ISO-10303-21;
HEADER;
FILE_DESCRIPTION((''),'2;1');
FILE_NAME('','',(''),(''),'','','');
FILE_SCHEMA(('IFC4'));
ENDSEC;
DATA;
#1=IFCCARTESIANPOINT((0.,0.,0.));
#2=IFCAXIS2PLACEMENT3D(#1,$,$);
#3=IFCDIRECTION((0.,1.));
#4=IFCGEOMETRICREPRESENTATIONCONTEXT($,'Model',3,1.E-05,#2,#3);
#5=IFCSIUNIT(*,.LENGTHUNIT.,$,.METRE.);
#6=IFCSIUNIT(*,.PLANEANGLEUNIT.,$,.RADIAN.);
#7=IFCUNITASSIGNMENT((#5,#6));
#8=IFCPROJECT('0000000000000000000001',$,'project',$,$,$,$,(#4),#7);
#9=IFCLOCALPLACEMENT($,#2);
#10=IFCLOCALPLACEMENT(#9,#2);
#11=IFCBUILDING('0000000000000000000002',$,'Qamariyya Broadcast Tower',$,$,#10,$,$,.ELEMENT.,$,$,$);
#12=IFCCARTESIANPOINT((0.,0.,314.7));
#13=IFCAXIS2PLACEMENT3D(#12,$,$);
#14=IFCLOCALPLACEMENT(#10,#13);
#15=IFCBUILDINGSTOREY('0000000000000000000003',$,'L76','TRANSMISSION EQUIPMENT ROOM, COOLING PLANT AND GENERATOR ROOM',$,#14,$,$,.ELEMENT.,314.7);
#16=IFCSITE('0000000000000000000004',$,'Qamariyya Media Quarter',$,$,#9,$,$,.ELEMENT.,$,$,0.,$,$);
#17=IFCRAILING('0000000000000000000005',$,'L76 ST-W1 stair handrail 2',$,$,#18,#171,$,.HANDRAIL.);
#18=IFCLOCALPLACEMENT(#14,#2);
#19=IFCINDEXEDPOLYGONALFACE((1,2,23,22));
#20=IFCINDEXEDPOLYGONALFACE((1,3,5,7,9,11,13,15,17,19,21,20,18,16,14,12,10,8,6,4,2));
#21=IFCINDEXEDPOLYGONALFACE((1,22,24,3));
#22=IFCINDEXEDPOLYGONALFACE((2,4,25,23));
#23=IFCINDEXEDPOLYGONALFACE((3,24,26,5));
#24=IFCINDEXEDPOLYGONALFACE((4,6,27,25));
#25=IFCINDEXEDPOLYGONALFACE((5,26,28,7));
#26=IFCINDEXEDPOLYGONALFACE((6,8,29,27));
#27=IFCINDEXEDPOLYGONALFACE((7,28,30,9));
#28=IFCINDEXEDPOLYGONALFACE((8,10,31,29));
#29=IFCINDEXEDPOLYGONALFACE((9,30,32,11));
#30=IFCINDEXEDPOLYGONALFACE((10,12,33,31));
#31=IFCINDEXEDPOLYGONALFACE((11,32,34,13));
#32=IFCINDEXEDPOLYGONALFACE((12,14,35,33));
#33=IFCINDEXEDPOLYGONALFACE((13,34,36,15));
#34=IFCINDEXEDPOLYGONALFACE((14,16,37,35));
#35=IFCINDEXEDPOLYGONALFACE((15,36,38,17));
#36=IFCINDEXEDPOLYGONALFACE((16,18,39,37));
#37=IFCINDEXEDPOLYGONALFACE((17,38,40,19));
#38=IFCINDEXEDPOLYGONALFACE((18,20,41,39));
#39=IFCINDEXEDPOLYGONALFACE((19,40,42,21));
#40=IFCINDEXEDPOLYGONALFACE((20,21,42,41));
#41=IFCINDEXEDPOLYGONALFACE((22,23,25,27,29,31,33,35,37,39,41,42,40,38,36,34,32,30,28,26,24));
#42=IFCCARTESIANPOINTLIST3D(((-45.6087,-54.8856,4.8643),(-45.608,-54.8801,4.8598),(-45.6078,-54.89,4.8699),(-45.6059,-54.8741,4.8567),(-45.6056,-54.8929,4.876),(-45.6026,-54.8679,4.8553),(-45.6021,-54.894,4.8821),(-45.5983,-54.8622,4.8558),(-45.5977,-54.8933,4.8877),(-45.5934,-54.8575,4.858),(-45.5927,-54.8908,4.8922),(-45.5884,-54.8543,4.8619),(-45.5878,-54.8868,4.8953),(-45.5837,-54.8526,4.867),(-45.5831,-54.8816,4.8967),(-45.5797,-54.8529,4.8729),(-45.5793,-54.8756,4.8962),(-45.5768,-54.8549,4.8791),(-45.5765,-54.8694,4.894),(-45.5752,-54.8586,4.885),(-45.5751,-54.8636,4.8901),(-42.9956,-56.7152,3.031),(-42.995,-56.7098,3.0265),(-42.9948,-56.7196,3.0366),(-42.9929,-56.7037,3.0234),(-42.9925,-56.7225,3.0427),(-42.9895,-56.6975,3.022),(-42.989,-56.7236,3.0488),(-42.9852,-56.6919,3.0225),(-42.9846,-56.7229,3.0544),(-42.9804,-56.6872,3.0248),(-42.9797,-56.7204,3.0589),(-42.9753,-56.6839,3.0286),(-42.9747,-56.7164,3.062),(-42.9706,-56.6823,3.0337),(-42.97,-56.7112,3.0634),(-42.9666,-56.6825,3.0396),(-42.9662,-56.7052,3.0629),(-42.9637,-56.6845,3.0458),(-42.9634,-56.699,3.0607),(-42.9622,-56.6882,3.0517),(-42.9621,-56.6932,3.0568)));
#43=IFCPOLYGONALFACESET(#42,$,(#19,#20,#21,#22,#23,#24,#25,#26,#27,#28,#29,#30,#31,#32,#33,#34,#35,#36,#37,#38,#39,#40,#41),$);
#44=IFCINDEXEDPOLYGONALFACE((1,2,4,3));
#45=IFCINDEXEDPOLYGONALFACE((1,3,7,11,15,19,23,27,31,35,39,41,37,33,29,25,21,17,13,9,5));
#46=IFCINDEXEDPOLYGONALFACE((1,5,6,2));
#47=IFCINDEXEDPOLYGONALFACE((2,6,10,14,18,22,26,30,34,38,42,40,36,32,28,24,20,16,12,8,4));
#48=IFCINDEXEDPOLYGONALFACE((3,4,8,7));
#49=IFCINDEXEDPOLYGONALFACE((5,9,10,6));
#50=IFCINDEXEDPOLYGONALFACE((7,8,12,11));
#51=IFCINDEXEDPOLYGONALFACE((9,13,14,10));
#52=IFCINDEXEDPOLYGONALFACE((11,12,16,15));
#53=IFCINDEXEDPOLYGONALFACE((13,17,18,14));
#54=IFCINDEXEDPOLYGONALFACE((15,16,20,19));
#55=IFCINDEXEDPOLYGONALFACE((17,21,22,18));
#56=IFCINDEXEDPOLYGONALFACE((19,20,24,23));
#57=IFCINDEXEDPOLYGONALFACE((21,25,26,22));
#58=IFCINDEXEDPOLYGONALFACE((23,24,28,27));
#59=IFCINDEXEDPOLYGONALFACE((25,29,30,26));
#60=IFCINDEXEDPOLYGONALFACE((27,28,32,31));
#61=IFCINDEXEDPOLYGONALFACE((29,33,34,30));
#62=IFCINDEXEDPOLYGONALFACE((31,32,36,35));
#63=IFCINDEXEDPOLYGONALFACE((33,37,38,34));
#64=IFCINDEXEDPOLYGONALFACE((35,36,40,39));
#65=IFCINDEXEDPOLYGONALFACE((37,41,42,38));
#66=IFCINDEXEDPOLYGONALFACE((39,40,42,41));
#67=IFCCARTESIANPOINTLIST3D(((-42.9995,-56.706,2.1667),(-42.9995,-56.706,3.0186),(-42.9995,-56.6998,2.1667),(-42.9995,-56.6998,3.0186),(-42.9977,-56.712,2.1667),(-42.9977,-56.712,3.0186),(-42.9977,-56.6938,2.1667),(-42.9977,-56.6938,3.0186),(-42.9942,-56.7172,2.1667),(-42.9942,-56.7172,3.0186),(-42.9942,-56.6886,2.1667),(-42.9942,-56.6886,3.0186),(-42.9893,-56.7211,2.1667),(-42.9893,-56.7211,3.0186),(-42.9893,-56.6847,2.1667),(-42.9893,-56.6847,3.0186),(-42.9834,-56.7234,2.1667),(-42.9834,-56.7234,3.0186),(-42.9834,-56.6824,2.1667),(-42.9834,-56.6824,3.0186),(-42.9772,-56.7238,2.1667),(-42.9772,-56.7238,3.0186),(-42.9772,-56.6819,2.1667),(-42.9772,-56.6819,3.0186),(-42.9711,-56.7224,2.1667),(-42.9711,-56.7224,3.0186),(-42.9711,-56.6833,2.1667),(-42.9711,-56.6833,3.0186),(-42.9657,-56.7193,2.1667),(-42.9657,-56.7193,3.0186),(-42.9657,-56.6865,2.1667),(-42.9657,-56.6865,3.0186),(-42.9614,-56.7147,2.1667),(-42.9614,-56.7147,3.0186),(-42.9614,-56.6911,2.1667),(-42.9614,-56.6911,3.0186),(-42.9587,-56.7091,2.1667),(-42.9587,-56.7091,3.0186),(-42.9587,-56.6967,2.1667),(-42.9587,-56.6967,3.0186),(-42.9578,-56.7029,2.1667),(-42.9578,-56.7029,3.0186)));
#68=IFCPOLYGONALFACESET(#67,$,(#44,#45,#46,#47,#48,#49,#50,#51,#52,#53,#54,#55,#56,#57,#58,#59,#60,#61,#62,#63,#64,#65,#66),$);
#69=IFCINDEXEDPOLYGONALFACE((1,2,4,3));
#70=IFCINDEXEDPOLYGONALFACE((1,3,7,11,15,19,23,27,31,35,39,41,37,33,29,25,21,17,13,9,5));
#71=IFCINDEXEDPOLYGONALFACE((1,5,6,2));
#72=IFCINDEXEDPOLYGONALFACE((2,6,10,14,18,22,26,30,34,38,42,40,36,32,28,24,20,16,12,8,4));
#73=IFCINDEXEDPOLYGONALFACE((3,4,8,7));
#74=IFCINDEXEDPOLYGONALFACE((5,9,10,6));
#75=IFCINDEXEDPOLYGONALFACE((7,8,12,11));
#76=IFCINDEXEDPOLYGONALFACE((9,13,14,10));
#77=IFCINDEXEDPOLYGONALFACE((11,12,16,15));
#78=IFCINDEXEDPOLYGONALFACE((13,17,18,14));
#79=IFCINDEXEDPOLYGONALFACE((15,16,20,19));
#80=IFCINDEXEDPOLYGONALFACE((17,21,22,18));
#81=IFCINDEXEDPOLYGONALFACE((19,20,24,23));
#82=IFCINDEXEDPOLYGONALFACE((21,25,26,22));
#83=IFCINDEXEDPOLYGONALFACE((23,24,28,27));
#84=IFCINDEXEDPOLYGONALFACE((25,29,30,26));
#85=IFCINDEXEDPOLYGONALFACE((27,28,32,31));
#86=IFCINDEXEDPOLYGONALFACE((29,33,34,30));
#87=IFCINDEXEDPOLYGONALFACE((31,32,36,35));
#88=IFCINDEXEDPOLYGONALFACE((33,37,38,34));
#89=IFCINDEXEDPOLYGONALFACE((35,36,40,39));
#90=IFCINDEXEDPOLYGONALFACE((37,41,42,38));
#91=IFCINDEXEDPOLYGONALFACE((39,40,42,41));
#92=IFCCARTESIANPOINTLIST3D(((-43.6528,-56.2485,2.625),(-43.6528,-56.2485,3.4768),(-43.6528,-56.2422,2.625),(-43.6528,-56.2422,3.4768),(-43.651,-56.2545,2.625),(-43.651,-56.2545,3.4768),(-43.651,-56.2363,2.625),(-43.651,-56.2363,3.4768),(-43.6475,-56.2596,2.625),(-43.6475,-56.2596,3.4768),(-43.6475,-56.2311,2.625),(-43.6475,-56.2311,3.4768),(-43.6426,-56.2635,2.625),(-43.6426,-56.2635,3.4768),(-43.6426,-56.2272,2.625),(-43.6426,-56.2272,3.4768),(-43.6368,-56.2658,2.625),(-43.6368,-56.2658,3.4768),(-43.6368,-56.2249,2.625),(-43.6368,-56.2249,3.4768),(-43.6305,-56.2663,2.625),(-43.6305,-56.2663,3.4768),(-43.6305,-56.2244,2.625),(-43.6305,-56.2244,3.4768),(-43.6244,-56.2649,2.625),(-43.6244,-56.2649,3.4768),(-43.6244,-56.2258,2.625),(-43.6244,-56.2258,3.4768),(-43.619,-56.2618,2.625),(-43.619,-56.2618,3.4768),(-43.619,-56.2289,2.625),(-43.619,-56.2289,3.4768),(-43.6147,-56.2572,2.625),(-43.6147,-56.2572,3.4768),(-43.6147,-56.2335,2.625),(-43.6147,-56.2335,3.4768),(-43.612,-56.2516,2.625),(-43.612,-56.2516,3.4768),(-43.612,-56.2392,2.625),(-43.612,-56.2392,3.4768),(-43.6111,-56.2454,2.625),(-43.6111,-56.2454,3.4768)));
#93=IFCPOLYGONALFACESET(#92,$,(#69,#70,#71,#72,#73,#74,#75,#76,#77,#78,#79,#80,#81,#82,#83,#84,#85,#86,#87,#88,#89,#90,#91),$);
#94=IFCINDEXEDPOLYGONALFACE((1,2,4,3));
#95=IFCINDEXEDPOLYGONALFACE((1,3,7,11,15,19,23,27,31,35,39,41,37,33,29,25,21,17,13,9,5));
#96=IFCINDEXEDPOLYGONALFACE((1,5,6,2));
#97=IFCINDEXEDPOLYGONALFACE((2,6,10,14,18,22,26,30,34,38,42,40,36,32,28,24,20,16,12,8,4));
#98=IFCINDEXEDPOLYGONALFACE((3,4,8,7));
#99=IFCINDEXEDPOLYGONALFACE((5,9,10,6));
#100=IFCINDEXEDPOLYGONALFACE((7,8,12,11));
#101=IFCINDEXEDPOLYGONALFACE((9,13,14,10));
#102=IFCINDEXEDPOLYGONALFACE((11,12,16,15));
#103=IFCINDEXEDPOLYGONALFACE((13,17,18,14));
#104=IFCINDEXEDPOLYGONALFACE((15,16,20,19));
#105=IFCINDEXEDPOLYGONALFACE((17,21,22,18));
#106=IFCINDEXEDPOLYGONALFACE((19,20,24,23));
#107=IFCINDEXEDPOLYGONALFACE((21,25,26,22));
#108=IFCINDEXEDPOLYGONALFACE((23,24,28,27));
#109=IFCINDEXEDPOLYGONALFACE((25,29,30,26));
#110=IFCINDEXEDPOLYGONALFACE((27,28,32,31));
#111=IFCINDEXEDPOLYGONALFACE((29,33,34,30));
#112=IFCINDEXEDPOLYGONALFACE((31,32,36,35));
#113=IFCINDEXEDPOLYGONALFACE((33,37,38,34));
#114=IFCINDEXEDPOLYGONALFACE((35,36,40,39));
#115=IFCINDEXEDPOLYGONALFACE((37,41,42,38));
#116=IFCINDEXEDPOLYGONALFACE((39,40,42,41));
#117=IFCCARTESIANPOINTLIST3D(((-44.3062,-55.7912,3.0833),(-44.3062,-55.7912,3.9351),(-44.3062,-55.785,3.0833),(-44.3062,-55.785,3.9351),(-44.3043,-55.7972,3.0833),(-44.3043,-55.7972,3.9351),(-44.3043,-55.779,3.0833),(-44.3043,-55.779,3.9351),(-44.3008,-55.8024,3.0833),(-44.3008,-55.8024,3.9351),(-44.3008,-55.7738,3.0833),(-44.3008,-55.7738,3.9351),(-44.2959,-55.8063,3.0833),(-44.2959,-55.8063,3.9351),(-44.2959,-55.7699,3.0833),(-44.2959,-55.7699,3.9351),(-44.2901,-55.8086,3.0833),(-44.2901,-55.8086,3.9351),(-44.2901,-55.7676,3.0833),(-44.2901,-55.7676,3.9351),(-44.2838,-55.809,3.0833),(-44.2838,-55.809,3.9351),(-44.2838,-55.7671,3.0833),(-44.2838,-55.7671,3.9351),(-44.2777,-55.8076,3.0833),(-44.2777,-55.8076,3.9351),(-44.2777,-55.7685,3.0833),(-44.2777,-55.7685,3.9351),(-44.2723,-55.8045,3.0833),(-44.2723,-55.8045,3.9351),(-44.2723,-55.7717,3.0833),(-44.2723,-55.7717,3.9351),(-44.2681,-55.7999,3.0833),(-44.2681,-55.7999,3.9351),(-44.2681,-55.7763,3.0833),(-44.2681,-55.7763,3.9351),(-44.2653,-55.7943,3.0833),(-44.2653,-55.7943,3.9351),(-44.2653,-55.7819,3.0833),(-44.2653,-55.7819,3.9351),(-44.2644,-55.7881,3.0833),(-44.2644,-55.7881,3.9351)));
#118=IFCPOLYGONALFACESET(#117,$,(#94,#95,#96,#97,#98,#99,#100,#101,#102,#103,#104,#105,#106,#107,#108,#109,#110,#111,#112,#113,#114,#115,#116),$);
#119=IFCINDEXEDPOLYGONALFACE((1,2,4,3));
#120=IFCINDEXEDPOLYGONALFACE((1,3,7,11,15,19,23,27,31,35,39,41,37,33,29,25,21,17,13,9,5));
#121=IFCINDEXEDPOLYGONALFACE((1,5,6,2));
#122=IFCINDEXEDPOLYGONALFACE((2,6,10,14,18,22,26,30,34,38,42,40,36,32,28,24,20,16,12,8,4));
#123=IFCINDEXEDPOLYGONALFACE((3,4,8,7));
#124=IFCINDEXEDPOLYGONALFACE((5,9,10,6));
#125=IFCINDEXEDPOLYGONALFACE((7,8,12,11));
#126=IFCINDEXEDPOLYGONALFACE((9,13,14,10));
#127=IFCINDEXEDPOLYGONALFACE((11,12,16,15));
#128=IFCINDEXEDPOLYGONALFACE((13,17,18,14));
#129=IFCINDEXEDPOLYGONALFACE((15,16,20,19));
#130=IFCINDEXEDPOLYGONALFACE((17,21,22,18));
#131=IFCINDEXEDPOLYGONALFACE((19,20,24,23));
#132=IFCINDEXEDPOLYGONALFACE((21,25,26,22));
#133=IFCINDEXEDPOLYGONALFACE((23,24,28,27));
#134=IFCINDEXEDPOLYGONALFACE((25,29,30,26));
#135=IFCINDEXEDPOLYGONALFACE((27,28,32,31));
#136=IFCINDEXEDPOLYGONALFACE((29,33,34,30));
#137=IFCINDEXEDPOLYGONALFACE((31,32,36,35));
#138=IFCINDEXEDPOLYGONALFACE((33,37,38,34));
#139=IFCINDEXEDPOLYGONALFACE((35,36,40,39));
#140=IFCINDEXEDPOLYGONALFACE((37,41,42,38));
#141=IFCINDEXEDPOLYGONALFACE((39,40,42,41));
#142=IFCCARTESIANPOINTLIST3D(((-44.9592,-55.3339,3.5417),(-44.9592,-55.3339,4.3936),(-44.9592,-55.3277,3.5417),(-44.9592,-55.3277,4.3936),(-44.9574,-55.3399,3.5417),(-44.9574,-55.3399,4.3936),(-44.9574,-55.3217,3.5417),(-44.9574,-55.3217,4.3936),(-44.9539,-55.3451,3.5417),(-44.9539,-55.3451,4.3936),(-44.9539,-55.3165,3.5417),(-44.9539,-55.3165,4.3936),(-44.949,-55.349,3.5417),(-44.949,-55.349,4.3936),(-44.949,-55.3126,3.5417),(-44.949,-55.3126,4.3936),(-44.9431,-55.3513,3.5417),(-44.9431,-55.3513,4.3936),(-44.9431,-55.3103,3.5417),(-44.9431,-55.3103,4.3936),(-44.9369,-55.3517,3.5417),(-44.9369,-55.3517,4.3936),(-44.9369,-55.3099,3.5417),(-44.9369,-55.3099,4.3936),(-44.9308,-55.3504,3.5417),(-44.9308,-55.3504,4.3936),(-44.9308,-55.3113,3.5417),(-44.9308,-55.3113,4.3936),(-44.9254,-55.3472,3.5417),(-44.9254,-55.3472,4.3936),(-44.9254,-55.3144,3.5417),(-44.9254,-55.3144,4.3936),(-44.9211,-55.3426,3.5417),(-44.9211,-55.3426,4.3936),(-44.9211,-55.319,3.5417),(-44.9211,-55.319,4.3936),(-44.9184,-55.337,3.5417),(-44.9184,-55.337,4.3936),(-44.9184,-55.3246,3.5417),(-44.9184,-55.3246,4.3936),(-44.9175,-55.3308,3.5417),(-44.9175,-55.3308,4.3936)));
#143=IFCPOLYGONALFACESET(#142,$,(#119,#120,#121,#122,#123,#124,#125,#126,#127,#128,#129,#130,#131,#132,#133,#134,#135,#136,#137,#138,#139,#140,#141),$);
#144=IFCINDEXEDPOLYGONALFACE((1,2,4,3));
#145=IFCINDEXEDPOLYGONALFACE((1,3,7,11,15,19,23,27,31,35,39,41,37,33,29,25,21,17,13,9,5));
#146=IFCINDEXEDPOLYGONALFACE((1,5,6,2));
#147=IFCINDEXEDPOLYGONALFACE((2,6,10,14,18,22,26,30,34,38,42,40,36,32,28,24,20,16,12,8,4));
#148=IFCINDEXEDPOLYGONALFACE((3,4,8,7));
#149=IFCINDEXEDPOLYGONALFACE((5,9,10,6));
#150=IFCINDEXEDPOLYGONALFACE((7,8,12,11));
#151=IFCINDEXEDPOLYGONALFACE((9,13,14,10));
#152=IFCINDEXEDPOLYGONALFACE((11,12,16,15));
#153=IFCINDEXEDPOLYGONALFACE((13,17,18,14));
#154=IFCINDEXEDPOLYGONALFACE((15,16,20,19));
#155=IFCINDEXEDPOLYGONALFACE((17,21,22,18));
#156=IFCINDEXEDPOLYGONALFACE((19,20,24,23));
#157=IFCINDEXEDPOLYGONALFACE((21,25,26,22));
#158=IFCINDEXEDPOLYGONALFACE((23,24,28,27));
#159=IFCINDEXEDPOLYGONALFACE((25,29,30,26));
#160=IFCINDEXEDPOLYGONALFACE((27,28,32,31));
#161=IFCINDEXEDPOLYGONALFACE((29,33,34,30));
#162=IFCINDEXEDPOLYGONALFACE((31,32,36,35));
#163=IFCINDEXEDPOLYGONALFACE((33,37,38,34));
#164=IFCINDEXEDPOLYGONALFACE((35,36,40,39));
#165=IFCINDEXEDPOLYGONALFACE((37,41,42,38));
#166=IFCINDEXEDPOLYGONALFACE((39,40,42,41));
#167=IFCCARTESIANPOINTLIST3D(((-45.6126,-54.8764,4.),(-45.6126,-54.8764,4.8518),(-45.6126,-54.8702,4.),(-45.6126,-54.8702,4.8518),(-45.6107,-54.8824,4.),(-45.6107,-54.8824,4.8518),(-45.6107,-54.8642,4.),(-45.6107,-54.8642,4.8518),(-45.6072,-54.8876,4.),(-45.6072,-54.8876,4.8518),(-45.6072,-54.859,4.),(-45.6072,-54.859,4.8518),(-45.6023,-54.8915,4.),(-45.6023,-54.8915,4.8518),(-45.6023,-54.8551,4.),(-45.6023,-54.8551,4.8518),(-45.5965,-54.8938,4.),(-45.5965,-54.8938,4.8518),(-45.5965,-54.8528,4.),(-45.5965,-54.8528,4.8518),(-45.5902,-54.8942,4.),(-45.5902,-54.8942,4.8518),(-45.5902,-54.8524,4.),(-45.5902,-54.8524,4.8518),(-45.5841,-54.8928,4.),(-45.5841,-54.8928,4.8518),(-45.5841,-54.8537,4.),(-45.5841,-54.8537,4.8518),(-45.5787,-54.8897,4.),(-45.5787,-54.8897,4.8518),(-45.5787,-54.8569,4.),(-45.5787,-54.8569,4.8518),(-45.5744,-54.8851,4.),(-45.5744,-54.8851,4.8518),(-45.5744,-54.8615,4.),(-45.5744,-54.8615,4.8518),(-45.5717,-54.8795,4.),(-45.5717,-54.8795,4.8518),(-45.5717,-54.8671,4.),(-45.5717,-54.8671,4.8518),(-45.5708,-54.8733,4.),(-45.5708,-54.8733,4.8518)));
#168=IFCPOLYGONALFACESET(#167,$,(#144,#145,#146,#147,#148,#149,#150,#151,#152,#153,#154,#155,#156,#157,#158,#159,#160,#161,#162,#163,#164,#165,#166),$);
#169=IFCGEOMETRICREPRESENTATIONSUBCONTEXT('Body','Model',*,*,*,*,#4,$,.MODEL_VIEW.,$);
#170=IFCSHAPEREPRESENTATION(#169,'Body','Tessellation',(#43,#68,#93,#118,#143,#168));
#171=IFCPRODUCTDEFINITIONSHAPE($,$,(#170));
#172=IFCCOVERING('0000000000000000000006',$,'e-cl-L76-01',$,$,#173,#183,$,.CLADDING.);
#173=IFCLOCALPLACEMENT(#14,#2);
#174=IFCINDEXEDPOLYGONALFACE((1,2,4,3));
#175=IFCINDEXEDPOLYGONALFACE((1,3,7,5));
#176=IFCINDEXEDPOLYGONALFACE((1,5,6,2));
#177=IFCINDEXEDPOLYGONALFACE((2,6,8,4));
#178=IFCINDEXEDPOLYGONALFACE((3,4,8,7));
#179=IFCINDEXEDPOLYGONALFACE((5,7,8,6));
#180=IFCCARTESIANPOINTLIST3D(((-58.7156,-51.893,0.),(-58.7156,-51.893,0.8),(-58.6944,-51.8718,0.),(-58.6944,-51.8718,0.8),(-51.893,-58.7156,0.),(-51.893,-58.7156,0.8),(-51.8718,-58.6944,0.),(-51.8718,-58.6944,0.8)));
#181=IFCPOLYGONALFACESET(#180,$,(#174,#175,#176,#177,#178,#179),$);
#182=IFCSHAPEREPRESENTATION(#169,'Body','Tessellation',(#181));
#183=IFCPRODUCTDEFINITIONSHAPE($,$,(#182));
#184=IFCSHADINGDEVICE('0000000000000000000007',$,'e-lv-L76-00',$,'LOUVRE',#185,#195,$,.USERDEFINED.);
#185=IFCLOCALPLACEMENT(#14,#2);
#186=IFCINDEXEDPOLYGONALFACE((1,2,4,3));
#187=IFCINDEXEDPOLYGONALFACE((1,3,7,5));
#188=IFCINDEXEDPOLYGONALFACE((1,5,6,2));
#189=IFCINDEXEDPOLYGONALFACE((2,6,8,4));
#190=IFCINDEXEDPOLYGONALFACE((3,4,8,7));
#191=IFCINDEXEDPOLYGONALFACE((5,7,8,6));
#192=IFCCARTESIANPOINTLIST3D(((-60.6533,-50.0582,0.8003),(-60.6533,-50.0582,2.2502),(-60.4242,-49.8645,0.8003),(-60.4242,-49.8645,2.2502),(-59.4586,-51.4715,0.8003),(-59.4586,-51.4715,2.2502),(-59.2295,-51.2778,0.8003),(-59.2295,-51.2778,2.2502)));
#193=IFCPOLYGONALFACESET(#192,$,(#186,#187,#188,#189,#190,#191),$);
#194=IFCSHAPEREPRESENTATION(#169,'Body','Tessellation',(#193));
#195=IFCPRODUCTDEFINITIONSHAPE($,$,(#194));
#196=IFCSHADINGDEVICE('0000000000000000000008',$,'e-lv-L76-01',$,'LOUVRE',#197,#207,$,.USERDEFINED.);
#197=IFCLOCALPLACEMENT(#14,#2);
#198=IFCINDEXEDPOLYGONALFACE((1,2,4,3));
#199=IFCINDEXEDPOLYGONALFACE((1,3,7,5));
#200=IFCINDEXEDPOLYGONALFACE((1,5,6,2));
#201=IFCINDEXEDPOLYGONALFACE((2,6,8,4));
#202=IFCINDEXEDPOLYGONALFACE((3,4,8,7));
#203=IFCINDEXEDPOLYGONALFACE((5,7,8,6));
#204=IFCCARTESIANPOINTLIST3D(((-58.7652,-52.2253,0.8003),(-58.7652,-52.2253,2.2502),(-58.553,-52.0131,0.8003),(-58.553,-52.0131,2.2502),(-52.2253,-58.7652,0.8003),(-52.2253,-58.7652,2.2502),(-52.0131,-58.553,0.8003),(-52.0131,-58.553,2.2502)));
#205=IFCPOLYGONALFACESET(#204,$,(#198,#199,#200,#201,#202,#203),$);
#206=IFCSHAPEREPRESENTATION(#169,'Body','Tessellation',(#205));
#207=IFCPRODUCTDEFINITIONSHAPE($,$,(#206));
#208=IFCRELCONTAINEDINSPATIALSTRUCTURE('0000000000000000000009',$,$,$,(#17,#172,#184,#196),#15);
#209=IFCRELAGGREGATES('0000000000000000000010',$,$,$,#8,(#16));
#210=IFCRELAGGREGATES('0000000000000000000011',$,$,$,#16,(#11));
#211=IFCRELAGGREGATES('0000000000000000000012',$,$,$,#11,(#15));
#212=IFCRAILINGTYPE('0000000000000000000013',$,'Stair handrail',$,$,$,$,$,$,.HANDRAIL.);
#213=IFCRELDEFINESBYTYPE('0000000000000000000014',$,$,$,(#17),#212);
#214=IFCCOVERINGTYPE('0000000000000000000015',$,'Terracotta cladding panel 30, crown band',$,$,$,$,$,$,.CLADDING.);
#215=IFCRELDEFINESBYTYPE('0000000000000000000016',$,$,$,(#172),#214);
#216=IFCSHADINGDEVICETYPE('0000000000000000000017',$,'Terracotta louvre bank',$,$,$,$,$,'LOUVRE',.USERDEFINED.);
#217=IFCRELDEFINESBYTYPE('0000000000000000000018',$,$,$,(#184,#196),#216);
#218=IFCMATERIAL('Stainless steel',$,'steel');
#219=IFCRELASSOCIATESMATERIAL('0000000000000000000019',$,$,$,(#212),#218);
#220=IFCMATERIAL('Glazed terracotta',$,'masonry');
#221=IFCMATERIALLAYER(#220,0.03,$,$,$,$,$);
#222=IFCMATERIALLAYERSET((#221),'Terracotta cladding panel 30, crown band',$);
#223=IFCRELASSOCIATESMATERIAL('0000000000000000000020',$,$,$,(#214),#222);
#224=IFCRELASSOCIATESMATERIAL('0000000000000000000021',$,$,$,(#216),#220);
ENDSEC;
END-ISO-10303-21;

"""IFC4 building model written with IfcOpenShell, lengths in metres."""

from ifc_helpers import new_model, si_unit, direction, frame, origin, origin_2d, place, context, subcontext, project, spatial, rectangle, circle, extrude, material, layer, layer_set, type_object, element, save


model = new_model("IFC4")

# Units and contexts
model_context = context("Model", 3, precision=1e-05, world=origin(), true_north=direction((0.0, 1.0)))
body_context = subcontext(model_context, "Body", "Model", "MODEL_VIEW")
ifc_project = project(units=[si_unit("LENGTHUNIT", "METRE"), si_unit("PLANEANGLEUNIT", "RADIAN")], contexts=[model_context])

# Site, building, storey
site_placement = place(None, origin())
site = spatial("IfcSite", under=ifc_project, at=site_placement, Name="Qamariyya Media Quarter", CompositionType="ELEMENT", RefElevation=0.0)
building_placement = place(site_placement, origin())
building = spatial("IfcBuilding", under=site, at=building_placement, Name="Qamariyya Broadcast Tower", CompositionType="ELEMENT")
storey_placement = place(building_placement, frame((0.0, 0.0, 314.7)))
storey = spatial("IfcBuildingStorey", under=building, at=storey_placement, Name="L76", Description="TRANSMISSION EQUIPMENT ROOM, COOLING PLANT AND GENERATOR ROOM", CompositionType="ELEMENT", Elevation=314.7)

# Railing
ifc_material_1 = material(Name="Stainless steel", Category="steel")
railing_type_1 = type_object("IfcRailingType", Name="Stair handrail", PredefinedType="HANDRAIL", material=ifc_material_1)
railing_1_placement = place(storey_placement, frame((-42.9788, -56.7029, 2.1667)))
element("IfcRailing", 1, at=railing_1_placement, inside=storey, type_object=railing_type_1, Name="L76 ST-W1 stair handrail 2", PredefinedType="HANDRAIL", context=body_context, shape_type="SweptSolid", body=[
    extrude(circle(Radius=0.0239, at=origin_2d()), frame((0.0, 0.0, 0.876), z_axis=(-0.710228, 0.497285, 0.498281), x_axis=(-0.57356, -0.819164, 0.0)), (0.0, 0.0, 1.0), 3.6792),
    extrude(circle(Radius=0.021, at=origin_2d()), origin(), (0.0, 0.0, 1.0), 0.8518),
    extrude(circle(Radius=0.021, at=origin_2d()), frame((-0.6533, 0.4575, 0.4583)), (0.0, 0.0, 1.0), 0.8518),
    extrude(circle(Radius=0.021, at=origin_2d()), frame((-1.3066, 0.9148, 0.9165)), (0.0, 0.0, 1.0), 0.8518),
    extrude(circle(Radius=0.021, at=origin_2d()), frame((-1.9597, 1.3721, 1.375)), (0.0, 0.0, 1.0), 0.8518),
    extrude(circle(Radius=0.021, at=origin_2d()), frame((-2.613, 1.8296, 1.8333)), (0.0, 0.0, 1.0), 0.8518),
])

# Covering
ifc_material_2 = material(Name="Glazed terracotta", Category="masonry")
ifc_layer_1 = layer(ifc_material_2, 0.03)
ifc_layer_set_1 = layer_set([ifc_layer_1], Name="Terracotta cladding panel 30, crown band")
covering_type = type_object("IfcCoveringType", Name="Terracotta cladding panel 30, crown band", PredefinedType="CLADDING", material=ifc_layer_set_1)
covering_placement = place(storey_placement, frame((-55.2937, -55.2937, 0.0), z_axis=(0.0, 0.0, 1.0), x_axis=(0.707107, -0.707107, 0.0)))
element("IfcCovering", 2, at=covering_placement, inside=storey, type_object=covering_type, Name="e-cl-L76-01", PredefinedType="CLADDING", context=body_context, shape_type="SweptSolid", body=[
    extrude(rectangle(XDim=9.6487, YDim=0.03, at=origin_2d()), origin(), (0.0, 0.0, 1.0), 0.8),
])

# Shading devices
shading_device_type = type_object("IfcShadingDeviceType", Name="Terracotta louvre bank", ElementType="LOUVRE", PredefinedType="USERDEFINED", material=ifc_material_2)
shading_device_1_placement = place(storey_placement, frame((-59.9414, -50.668, 0.8003), z_axis=(0.0, 0.0, 1.0), x_axis=(0.64556, -0.76371, 0.0)))
element("IfcShadingDevice", 3, at=shading_device_1_placement, inside=storey, type_object=shading_device_type, Name="e-lv-L76-00", ObjectType="LOUVRE", PredefinedType="USERDEFINED", context=body_context, shape_type="SweptSolid", body=[
    extrude(rectangle(XDim=1.8506, YDim=0.3, at=origin_2d()), origin(), (0.0, 0.0, 1.0), 1.45),
])
shading_device_2_placement = place(storey_placement, frame((-55.3892, -55.3892, 0.8003), z_axis=(0.0, 0.0, 1.0), x_axis=(0.707107, -0.707107, 0.0)))
element("IfcShadingDevice", 4, at=shading_device_2_placement, inside=storey, type_object=shading_device_type, Name="e-lv-L76-01", ObjectType="LOUVRE", PredefinedType="USERDEFINED", context=body_context, shape_type="SweptSolid", body=[
    extrude(rectangle(XDim=9.2488, YDim=0.3, at=origin_2d()), origin(), (0.0, 0.0, 1.0), 1.45),
])

save(model, "model.ifc")
